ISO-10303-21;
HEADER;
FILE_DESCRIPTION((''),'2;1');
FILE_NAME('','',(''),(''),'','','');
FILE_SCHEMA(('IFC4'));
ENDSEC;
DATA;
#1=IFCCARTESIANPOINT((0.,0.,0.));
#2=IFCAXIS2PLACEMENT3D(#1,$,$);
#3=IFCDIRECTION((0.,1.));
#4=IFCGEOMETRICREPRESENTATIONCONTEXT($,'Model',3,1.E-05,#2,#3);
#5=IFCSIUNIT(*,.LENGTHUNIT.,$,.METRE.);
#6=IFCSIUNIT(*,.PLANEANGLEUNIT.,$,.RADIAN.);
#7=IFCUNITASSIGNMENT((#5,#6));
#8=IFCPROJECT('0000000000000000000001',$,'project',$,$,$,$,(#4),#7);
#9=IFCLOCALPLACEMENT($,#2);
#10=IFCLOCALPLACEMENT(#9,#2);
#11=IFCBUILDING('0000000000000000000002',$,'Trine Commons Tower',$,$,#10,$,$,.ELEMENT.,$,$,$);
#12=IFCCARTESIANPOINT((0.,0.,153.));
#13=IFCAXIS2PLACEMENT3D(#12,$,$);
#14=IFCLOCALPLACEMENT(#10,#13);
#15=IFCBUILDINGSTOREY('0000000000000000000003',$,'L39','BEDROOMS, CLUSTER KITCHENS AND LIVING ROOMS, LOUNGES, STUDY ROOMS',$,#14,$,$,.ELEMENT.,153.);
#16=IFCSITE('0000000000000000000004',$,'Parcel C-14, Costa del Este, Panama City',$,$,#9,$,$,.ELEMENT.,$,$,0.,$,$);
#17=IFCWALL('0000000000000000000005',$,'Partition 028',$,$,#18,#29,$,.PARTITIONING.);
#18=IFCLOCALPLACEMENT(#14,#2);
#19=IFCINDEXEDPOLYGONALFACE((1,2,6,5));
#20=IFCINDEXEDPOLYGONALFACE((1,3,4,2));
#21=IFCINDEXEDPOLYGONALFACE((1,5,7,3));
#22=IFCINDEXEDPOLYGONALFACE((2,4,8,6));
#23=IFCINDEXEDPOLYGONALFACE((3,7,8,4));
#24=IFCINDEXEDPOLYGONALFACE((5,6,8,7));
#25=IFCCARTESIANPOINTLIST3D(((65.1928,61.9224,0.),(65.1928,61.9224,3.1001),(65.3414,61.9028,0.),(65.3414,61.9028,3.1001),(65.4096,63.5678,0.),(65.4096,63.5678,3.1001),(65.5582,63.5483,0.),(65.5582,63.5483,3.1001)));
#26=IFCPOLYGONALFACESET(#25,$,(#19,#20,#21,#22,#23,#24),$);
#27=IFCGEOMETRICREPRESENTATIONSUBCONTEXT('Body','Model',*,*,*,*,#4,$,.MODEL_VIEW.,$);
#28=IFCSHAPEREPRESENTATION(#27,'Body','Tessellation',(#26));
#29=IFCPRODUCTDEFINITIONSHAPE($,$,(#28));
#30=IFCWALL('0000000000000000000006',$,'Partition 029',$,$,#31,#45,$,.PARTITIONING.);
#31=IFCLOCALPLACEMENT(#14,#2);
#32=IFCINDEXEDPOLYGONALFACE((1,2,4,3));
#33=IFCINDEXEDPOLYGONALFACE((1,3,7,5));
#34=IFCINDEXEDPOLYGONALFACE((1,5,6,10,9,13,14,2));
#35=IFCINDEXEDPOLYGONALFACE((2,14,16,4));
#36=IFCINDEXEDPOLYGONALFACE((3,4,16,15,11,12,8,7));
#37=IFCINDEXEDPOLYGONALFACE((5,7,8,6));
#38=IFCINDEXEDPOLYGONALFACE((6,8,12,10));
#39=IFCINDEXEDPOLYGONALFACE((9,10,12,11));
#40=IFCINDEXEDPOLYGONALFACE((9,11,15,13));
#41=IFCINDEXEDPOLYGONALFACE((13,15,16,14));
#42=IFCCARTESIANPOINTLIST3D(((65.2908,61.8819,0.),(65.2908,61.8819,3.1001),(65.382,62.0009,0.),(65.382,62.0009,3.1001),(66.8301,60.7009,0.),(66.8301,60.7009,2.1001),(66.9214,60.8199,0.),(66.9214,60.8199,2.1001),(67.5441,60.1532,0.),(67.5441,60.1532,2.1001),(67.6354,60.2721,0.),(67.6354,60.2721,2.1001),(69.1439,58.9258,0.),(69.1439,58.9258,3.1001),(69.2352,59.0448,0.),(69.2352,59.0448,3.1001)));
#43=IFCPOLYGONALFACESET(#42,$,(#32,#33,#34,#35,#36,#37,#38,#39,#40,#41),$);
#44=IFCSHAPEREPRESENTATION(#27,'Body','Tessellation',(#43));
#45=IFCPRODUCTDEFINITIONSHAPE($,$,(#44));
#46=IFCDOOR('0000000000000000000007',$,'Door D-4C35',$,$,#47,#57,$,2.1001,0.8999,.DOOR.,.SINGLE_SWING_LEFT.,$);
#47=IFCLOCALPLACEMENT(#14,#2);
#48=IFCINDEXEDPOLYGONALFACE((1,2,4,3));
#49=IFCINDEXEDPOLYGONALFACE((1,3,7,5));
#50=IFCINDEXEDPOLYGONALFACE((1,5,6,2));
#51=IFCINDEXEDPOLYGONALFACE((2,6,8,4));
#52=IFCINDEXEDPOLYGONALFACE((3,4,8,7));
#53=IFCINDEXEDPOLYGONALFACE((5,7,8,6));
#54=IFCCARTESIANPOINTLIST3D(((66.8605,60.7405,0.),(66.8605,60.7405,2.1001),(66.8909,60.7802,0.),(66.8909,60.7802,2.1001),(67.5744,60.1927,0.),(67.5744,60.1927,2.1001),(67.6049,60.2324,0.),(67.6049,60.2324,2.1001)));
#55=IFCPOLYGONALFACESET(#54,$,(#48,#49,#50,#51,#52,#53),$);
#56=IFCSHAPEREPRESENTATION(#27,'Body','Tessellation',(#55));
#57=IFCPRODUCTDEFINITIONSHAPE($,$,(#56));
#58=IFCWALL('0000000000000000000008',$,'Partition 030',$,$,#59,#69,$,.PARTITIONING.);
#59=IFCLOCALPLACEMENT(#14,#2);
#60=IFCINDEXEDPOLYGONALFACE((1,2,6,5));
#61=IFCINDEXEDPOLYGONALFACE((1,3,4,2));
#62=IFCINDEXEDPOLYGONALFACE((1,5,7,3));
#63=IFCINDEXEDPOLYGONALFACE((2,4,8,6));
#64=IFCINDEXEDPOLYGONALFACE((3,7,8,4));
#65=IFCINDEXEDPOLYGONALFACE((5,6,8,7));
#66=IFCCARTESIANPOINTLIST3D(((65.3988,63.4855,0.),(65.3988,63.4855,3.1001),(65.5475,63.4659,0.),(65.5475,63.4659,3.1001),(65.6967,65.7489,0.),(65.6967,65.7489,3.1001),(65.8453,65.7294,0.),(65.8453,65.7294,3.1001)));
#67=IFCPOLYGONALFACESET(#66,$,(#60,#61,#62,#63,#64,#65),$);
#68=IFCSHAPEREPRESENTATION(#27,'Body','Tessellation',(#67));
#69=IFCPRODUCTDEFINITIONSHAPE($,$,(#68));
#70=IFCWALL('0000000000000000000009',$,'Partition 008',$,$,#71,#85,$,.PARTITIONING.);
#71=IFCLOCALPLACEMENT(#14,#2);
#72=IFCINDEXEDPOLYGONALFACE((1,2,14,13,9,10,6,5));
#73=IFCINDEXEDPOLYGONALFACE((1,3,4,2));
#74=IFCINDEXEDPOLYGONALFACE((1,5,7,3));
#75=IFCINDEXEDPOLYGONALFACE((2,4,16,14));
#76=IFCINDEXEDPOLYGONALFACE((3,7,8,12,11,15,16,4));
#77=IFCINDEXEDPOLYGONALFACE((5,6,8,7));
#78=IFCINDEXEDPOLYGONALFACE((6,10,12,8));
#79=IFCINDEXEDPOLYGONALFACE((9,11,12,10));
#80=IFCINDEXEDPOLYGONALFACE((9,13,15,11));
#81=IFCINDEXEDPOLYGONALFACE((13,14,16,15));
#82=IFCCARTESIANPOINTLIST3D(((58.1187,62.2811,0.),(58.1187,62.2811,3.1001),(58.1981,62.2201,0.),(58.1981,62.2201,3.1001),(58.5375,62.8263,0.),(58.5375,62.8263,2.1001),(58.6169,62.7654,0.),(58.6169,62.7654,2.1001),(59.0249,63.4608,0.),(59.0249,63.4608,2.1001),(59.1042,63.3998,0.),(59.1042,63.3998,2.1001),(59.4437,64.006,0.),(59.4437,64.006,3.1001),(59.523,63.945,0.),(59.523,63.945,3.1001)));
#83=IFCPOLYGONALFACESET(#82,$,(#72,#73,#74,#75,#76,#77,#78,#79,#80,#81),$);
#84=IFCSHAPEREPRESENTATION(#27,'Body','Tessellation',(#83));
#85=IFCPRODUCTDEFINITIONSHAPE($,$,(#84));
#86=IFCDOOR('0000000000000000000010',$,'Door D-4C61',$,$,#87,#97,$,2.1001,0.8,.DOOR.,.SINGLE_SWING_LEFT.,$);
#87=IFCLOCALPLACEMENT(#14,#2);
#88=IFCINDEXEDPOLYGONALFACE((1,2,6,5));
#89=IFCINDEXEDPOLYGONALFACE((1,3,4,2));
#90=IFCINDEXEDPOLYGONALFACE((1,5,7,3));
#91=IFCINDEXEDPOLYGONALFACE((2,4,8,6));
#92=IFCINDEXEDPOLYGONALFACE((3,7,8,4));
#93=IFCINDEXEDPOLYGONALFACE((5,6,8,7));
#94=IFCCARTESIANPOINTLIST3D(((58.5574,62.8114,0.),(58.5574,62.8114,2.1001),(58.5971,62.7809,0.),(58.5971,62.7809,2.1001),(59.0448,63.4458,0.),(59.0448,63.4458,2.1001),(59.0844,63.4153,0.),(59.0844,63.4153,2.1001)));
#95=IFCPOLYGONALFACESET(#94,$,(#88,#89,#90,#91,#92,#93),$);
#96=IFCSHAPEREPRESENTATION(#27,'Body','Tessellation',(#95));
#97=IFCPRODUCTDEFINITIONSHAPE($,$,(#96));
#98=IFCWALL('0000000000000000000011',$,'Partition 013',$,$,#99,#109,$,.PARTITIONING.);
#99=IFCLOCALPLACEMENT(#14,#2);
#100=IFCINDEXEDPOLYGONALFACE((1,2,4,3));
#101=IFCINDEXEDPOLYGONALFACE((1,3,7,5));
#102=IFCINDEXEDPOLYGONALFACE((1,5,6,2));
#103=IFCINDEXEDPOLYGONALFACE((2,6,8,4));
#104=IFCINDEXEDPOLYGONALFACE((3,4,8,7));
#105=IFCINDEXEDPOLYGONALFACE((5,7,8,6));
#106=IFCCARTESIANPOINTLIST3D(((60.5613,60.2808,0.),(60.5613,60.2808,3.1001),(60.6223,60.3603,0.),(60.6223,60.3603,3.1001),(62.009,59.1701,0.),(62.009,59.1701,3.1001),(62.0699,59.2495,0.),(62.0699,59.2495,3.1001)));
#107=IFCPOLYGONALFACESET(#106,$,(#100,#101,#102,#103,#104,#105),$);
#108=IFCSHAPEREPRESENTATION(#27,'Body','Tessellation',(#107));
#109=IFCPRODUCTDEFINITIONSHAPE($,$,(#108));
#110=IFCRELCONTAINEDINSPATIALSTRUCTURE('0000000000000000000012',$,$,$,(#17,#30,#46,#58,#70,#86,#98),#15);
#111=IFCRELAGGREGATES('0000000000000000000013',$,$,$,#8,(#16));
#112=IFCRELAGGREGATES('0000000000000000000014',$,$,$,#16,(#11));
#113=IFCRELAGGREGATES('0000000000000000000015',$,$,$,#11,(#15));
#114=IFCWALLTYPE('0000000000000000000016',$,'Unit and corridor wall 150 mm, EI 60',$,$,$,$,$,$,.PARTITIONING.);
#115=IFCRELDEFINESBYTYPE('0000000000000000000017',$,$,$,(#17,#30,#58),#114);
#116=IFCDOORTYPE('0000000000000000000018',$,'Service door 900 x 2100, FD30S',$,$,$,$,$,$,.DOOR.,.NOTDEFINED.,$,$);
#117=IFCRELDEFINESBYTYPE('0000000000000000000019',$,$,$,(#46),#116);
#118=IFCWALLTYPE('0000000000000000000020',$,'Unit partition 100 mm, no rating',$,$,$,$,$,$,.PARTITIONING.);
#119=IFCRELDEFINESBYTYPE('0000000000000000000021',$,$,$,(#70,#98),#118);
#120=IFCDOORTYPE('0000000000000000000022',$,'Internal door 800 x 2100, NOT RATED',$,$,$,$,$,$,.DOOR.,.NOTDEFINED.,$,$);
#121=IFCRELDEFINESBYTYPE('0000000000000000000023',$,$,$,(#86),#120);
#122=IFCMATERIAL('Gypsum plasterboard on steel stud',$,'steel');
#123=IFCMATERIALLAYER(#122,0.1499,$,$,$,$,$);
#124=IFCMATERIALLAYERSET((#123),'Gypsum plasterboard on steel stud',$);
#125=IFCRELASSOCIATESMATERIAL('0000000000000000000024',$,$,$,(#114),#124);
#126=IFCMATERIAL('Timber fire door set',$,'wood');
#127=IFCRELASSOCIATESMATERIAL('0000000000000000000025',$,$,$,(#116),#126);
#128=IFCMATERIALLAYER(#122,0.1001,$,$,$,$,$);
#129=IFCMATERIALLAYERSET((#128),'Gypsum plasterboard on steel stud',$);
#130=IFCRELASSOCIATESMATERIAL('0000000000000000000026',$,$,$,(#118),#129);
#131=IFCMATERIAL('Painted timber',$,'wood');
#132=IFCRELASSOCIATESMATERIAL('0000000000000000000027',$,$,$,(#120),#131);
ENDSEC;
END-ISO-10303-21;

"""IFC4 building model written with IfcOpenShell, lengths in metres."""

from ifc_helpers import new_model, si_unit, direction, frame, frame_2d, origin, place, context, subcontext, project, spatial, rectangle, extrude, material, layer, layer_set, type_object, element, fill, save


model = new_model("IFC4")

# Units and contexts
model_context = context("Model", 3, precision=1e-05, world=origin(), true_north=direction((0.0, 1.0)))
body_context = subcontext(model_context, "Body", "Model", "MODEL_VIEW")
ifc_project = project(units=[si_unit("LENGTHUNIT", "METRE"), si_unit("PLANEANGLEUNIT", "RADIAN")], contexts=[model_context])

# Site, building, storey
site_placement = place(None, origin())
site = spatial("IfcSite", under=ifc_project, at=site_placement, Name="Parcel C-14, Costa del Este, Panama City", CompositionType="ELEMENT", RefElevation=0.0)
building_placement = place(site_placement, origin())
building = spatial("IfcBuilding", under=site, at=building_placement, Name="Trine Commons Tower", CompositionType="ELEMENT")
storey_placement = place(building_placement, frame((0.0, 0.0, 153.0)))
storey = spatial("IfcBuildingStorey", under=building, at=storey_placement, Name="L39", Description="BEDROOMS, CLUSTER KITCHENS AND LIVING ROOMS, LOUNGES, STUDY ROOMS", CompositionType="ELEMENT", Elevation=153.0)

# Shared definitions
ifc_material_1 = material(Name="Gypsum plasterboard on steel stud", Category="steel")
ifc_layer_1 = layer(ifc_material_1, 0.1499)
ifc_layer_set_1 = layer_set([ifc_layer_1], Name="Gypsum plasterboard on steel stud")
wall_type_1 = type_object("IfcWallType", Name="Unit and corridor wall 150 mm, EI 60", PredefinedType="PARTITIONING", material=ifc_layer_set_1)
ifc_material_2 = material(Name="Painted timber", Category="wood")
ifc_material_3 = material(Name="Timber fire door set", Category="wood")

# Wall
wall_1_placement = place(storey_placement, frame((65.2671, 61.9126, 0.0), z_axis=(0.0, 0.0, 1.0), x_axis=(0.130622, 0.991432, 0.0)))
element("IfcWall", 1, at=wall_1_placement, inside=storey, type_object=wall_type_1, Name="Partition 028", PredefinedType="PARTITIONING", context=body_context, shape_type="SweptSolid", body=[
    extrude(rectangle(XDim=1.6597, YDim=0.1499, at=frame_2d((0.8298, 0.0))), origin(), (0.0, 0.0, 1.0), 3.1001),
])

# Wall, opening, door
wall_2_placement = place(storey_placement, frame((65.3364, 61.9414, 0.0), z_axis=(0.0, 0.0, 1.0), x_axis=(0.793401, -0.6087, 0.0)))
wall_2 = element("IfcWall", 2, at=wall_2_placement, inside=storey, type_object=wall_type_1, Name="Partition 029", PredefinedType="PARTITIONING", context=body_context, shape_type="SweptSolid", body=[
    extrude(rectangle(XDim=4.8564, YDim=0.1499, at=frame_2d((2.4282, 0.0))), origin(), (0.0, 0.0, 1.0), 3.1001),
])
opening_1_placement = place(wall_2_placement, frame((1.9402, 0.0, 0.0)))
opening_1 = element("IfcOpeningElement", 3, at=opening_1_placement, cuts=wall_2, PredefinedType="OPENING", context=body_context, shape_type="SweptSolid", body=[
    extrude(rectangle(XDim=0.8999, YDim=2.1001, at=frame_2d((0.45, 1.05))), frame((0.0, 0.085, 0.0), z_axis=(0.0, -1.0, 0.0), x_axis=(1.0, 0.0, 0.0)), (0.0, 0.0, 1.0), 0.1699),
])
door_type_1 = type_object("IfcDoorType", Name="Service door 900 x 2100, FD30S", OperationType="NOTDEFINED", PredefinedType="DOOR", material=ifc_material_3)
door_1_placement = place(opening_1_placement, origin())
door_1 = element("IfcDoor", 4, at=door_1_placement, inside=storey, type_object=door_type_1, Name="Door D-4C35", OperationType="SINGLE_SWING_LEFT", OverallHeight=2.1001, OverallWidth=0.8999, PredefinedType="DOOR", context=body_context, shape_type="SweptSolid", body=[
    extrude(rectangle(XDim=0.8999, YDim=2.1001, at=frame_2d((0.45, 1.05))), frame((0.0, 0.0249, 0.0), z_axis=(0.0, -1.0, 0.0), x_axis=(1.0, 0.0, 0.0)), (0.0, 0.0, 1.0), 0.05),
])
fill(opening_1, door_1)

# Wall
wall_3_placement = place(storey_placement, frame((65.4731, 63.4756, 0.0), z_axis=(0.0, 0.0, 1.0), x_axis=(0.130468, 0.991452, 0.0)))
element("IfcWall", 5, at=wall_3_placement, inside=storey, type_object=wall_type_1, Name="Partition 030", PredefinedType="PARTITIONING", context=body_context, shape_type="SweptSolid", body=[
    extrude(rectangle(XDim=2.283, YDim=0.1499, at=frame_2d((1.1416, 0.0))), origin(), (0.0, 0.0, 1.0), 3.1001),
])

# Wall, opening, door
ifc_layer_2 = layer(ifc_material_1, 0.1001)
ifc_layer_set_2 = layer_set([ifc_layer_2], Name="Gypsum plasterboard on steel stud")
wall_type_2 = type_object("IfcWallType", Name="Unit partition 100 mm, no rating", PredefinedType="PARTITIONING", material=ifc_layer_set_2)
wall_4_placement = place(storey_placement, frame((58.1584, 62.2507, 0.0), z_axis=(0.0, 0.0, 1.0), x_axis=(0.609174, 0.793037, 0.0)))
wall_4 = element("IfcWall", 6, at=wall_4_placement, inside=storey, type_object=wall_type_2, Name="Partition 008", PredefinedType="PARTITIONING", context=body_context, shape_type="SweptSolid", body=[
    extrude(rectangle(XDim=2.175, YDim=0.1001, at=frame_2d((1.0874, 0.0))), origin(), (0.0, 0.0, 1.0), 3.1001),
])
opening_2_placement = place(wall_4_placement, frame((0.6875, 0.0, 0.0)))
opening_2 = element("IfcOpeningElement", 7, at=opening_2_placement, cuts=wall_4, PredefinedType="OPENING", context=body_context, shape_type="SweptSolid", body=[
    extrude(rectangle(XDim=0.8, YDim=2.1001, at=frame_2d((0.3999, 1.05))), frame((0.0, 0.0601, 0.0), z_axis=(0.0, -1.0, 0.0), x_axis=(1.0, 0.0, 0.0)), (0.0, 0.0, 1.0), 0.1201),
])
door_type_2 = type_object("IfcDoorType", Name="Internal door 800 x 2100, NOT RATED", OperationType="NOTDEFINED", PredefinedType="DOOR", material=ifc_material_2)
door_2_placement = place(opening_2_placement, frame((0.8, 0.0, 0.0), z_axis=(0.0, 0.0, 1.0), x_axis=(-1.0, 0.0, 0.0)))
door_2 = element("IfcDoor", 8, at=door_2_placement, inside=storey, type_object=door_type_2, Name="Door D-4C61", OperationType="SINGLE_SWING_LEFT", OverallHeight=2.1001, OverallWidth=0.8, PredefinedType="DOOR", context=body_context, shape_type="SweptSolid", body=[
    extrude(rectangle(XDim=0.8, YDim=2.1001, at=frame_2d((0.3999, 1.05))), frame((0.0, 0.0249, 0.0), z_axis=(0.0, -1.0, 0.0), x_axis=(1.0, 0.0, 0.0)), (0.0, 0.0, 1.0), 0.05),
])
fill(opening_2, door_2)

# Wall
wall_5_placement = place(storey_placement, frame((60.5918, 60.3206, 0.0), z_axis=(0.0, 0.0, 1.0), x_axis=(0.793369, -0.60874, 0.0)))
element("IfcWall", 9, at=wall_5_placement, inside=storey, type_object=wall_type_2, Name="Partition 013", PredefinedType="PARTITIONING", context=body_context, shape_type="SweptSolid", body=[
    extrude(rectangle(XDim=1.8247, YDim=0.1001, at=frame_2d((0.9124, 0.0))), origin(), (0.0, 0.0, 1.0), 3.1001),
])

save(model, "model.ifc")
